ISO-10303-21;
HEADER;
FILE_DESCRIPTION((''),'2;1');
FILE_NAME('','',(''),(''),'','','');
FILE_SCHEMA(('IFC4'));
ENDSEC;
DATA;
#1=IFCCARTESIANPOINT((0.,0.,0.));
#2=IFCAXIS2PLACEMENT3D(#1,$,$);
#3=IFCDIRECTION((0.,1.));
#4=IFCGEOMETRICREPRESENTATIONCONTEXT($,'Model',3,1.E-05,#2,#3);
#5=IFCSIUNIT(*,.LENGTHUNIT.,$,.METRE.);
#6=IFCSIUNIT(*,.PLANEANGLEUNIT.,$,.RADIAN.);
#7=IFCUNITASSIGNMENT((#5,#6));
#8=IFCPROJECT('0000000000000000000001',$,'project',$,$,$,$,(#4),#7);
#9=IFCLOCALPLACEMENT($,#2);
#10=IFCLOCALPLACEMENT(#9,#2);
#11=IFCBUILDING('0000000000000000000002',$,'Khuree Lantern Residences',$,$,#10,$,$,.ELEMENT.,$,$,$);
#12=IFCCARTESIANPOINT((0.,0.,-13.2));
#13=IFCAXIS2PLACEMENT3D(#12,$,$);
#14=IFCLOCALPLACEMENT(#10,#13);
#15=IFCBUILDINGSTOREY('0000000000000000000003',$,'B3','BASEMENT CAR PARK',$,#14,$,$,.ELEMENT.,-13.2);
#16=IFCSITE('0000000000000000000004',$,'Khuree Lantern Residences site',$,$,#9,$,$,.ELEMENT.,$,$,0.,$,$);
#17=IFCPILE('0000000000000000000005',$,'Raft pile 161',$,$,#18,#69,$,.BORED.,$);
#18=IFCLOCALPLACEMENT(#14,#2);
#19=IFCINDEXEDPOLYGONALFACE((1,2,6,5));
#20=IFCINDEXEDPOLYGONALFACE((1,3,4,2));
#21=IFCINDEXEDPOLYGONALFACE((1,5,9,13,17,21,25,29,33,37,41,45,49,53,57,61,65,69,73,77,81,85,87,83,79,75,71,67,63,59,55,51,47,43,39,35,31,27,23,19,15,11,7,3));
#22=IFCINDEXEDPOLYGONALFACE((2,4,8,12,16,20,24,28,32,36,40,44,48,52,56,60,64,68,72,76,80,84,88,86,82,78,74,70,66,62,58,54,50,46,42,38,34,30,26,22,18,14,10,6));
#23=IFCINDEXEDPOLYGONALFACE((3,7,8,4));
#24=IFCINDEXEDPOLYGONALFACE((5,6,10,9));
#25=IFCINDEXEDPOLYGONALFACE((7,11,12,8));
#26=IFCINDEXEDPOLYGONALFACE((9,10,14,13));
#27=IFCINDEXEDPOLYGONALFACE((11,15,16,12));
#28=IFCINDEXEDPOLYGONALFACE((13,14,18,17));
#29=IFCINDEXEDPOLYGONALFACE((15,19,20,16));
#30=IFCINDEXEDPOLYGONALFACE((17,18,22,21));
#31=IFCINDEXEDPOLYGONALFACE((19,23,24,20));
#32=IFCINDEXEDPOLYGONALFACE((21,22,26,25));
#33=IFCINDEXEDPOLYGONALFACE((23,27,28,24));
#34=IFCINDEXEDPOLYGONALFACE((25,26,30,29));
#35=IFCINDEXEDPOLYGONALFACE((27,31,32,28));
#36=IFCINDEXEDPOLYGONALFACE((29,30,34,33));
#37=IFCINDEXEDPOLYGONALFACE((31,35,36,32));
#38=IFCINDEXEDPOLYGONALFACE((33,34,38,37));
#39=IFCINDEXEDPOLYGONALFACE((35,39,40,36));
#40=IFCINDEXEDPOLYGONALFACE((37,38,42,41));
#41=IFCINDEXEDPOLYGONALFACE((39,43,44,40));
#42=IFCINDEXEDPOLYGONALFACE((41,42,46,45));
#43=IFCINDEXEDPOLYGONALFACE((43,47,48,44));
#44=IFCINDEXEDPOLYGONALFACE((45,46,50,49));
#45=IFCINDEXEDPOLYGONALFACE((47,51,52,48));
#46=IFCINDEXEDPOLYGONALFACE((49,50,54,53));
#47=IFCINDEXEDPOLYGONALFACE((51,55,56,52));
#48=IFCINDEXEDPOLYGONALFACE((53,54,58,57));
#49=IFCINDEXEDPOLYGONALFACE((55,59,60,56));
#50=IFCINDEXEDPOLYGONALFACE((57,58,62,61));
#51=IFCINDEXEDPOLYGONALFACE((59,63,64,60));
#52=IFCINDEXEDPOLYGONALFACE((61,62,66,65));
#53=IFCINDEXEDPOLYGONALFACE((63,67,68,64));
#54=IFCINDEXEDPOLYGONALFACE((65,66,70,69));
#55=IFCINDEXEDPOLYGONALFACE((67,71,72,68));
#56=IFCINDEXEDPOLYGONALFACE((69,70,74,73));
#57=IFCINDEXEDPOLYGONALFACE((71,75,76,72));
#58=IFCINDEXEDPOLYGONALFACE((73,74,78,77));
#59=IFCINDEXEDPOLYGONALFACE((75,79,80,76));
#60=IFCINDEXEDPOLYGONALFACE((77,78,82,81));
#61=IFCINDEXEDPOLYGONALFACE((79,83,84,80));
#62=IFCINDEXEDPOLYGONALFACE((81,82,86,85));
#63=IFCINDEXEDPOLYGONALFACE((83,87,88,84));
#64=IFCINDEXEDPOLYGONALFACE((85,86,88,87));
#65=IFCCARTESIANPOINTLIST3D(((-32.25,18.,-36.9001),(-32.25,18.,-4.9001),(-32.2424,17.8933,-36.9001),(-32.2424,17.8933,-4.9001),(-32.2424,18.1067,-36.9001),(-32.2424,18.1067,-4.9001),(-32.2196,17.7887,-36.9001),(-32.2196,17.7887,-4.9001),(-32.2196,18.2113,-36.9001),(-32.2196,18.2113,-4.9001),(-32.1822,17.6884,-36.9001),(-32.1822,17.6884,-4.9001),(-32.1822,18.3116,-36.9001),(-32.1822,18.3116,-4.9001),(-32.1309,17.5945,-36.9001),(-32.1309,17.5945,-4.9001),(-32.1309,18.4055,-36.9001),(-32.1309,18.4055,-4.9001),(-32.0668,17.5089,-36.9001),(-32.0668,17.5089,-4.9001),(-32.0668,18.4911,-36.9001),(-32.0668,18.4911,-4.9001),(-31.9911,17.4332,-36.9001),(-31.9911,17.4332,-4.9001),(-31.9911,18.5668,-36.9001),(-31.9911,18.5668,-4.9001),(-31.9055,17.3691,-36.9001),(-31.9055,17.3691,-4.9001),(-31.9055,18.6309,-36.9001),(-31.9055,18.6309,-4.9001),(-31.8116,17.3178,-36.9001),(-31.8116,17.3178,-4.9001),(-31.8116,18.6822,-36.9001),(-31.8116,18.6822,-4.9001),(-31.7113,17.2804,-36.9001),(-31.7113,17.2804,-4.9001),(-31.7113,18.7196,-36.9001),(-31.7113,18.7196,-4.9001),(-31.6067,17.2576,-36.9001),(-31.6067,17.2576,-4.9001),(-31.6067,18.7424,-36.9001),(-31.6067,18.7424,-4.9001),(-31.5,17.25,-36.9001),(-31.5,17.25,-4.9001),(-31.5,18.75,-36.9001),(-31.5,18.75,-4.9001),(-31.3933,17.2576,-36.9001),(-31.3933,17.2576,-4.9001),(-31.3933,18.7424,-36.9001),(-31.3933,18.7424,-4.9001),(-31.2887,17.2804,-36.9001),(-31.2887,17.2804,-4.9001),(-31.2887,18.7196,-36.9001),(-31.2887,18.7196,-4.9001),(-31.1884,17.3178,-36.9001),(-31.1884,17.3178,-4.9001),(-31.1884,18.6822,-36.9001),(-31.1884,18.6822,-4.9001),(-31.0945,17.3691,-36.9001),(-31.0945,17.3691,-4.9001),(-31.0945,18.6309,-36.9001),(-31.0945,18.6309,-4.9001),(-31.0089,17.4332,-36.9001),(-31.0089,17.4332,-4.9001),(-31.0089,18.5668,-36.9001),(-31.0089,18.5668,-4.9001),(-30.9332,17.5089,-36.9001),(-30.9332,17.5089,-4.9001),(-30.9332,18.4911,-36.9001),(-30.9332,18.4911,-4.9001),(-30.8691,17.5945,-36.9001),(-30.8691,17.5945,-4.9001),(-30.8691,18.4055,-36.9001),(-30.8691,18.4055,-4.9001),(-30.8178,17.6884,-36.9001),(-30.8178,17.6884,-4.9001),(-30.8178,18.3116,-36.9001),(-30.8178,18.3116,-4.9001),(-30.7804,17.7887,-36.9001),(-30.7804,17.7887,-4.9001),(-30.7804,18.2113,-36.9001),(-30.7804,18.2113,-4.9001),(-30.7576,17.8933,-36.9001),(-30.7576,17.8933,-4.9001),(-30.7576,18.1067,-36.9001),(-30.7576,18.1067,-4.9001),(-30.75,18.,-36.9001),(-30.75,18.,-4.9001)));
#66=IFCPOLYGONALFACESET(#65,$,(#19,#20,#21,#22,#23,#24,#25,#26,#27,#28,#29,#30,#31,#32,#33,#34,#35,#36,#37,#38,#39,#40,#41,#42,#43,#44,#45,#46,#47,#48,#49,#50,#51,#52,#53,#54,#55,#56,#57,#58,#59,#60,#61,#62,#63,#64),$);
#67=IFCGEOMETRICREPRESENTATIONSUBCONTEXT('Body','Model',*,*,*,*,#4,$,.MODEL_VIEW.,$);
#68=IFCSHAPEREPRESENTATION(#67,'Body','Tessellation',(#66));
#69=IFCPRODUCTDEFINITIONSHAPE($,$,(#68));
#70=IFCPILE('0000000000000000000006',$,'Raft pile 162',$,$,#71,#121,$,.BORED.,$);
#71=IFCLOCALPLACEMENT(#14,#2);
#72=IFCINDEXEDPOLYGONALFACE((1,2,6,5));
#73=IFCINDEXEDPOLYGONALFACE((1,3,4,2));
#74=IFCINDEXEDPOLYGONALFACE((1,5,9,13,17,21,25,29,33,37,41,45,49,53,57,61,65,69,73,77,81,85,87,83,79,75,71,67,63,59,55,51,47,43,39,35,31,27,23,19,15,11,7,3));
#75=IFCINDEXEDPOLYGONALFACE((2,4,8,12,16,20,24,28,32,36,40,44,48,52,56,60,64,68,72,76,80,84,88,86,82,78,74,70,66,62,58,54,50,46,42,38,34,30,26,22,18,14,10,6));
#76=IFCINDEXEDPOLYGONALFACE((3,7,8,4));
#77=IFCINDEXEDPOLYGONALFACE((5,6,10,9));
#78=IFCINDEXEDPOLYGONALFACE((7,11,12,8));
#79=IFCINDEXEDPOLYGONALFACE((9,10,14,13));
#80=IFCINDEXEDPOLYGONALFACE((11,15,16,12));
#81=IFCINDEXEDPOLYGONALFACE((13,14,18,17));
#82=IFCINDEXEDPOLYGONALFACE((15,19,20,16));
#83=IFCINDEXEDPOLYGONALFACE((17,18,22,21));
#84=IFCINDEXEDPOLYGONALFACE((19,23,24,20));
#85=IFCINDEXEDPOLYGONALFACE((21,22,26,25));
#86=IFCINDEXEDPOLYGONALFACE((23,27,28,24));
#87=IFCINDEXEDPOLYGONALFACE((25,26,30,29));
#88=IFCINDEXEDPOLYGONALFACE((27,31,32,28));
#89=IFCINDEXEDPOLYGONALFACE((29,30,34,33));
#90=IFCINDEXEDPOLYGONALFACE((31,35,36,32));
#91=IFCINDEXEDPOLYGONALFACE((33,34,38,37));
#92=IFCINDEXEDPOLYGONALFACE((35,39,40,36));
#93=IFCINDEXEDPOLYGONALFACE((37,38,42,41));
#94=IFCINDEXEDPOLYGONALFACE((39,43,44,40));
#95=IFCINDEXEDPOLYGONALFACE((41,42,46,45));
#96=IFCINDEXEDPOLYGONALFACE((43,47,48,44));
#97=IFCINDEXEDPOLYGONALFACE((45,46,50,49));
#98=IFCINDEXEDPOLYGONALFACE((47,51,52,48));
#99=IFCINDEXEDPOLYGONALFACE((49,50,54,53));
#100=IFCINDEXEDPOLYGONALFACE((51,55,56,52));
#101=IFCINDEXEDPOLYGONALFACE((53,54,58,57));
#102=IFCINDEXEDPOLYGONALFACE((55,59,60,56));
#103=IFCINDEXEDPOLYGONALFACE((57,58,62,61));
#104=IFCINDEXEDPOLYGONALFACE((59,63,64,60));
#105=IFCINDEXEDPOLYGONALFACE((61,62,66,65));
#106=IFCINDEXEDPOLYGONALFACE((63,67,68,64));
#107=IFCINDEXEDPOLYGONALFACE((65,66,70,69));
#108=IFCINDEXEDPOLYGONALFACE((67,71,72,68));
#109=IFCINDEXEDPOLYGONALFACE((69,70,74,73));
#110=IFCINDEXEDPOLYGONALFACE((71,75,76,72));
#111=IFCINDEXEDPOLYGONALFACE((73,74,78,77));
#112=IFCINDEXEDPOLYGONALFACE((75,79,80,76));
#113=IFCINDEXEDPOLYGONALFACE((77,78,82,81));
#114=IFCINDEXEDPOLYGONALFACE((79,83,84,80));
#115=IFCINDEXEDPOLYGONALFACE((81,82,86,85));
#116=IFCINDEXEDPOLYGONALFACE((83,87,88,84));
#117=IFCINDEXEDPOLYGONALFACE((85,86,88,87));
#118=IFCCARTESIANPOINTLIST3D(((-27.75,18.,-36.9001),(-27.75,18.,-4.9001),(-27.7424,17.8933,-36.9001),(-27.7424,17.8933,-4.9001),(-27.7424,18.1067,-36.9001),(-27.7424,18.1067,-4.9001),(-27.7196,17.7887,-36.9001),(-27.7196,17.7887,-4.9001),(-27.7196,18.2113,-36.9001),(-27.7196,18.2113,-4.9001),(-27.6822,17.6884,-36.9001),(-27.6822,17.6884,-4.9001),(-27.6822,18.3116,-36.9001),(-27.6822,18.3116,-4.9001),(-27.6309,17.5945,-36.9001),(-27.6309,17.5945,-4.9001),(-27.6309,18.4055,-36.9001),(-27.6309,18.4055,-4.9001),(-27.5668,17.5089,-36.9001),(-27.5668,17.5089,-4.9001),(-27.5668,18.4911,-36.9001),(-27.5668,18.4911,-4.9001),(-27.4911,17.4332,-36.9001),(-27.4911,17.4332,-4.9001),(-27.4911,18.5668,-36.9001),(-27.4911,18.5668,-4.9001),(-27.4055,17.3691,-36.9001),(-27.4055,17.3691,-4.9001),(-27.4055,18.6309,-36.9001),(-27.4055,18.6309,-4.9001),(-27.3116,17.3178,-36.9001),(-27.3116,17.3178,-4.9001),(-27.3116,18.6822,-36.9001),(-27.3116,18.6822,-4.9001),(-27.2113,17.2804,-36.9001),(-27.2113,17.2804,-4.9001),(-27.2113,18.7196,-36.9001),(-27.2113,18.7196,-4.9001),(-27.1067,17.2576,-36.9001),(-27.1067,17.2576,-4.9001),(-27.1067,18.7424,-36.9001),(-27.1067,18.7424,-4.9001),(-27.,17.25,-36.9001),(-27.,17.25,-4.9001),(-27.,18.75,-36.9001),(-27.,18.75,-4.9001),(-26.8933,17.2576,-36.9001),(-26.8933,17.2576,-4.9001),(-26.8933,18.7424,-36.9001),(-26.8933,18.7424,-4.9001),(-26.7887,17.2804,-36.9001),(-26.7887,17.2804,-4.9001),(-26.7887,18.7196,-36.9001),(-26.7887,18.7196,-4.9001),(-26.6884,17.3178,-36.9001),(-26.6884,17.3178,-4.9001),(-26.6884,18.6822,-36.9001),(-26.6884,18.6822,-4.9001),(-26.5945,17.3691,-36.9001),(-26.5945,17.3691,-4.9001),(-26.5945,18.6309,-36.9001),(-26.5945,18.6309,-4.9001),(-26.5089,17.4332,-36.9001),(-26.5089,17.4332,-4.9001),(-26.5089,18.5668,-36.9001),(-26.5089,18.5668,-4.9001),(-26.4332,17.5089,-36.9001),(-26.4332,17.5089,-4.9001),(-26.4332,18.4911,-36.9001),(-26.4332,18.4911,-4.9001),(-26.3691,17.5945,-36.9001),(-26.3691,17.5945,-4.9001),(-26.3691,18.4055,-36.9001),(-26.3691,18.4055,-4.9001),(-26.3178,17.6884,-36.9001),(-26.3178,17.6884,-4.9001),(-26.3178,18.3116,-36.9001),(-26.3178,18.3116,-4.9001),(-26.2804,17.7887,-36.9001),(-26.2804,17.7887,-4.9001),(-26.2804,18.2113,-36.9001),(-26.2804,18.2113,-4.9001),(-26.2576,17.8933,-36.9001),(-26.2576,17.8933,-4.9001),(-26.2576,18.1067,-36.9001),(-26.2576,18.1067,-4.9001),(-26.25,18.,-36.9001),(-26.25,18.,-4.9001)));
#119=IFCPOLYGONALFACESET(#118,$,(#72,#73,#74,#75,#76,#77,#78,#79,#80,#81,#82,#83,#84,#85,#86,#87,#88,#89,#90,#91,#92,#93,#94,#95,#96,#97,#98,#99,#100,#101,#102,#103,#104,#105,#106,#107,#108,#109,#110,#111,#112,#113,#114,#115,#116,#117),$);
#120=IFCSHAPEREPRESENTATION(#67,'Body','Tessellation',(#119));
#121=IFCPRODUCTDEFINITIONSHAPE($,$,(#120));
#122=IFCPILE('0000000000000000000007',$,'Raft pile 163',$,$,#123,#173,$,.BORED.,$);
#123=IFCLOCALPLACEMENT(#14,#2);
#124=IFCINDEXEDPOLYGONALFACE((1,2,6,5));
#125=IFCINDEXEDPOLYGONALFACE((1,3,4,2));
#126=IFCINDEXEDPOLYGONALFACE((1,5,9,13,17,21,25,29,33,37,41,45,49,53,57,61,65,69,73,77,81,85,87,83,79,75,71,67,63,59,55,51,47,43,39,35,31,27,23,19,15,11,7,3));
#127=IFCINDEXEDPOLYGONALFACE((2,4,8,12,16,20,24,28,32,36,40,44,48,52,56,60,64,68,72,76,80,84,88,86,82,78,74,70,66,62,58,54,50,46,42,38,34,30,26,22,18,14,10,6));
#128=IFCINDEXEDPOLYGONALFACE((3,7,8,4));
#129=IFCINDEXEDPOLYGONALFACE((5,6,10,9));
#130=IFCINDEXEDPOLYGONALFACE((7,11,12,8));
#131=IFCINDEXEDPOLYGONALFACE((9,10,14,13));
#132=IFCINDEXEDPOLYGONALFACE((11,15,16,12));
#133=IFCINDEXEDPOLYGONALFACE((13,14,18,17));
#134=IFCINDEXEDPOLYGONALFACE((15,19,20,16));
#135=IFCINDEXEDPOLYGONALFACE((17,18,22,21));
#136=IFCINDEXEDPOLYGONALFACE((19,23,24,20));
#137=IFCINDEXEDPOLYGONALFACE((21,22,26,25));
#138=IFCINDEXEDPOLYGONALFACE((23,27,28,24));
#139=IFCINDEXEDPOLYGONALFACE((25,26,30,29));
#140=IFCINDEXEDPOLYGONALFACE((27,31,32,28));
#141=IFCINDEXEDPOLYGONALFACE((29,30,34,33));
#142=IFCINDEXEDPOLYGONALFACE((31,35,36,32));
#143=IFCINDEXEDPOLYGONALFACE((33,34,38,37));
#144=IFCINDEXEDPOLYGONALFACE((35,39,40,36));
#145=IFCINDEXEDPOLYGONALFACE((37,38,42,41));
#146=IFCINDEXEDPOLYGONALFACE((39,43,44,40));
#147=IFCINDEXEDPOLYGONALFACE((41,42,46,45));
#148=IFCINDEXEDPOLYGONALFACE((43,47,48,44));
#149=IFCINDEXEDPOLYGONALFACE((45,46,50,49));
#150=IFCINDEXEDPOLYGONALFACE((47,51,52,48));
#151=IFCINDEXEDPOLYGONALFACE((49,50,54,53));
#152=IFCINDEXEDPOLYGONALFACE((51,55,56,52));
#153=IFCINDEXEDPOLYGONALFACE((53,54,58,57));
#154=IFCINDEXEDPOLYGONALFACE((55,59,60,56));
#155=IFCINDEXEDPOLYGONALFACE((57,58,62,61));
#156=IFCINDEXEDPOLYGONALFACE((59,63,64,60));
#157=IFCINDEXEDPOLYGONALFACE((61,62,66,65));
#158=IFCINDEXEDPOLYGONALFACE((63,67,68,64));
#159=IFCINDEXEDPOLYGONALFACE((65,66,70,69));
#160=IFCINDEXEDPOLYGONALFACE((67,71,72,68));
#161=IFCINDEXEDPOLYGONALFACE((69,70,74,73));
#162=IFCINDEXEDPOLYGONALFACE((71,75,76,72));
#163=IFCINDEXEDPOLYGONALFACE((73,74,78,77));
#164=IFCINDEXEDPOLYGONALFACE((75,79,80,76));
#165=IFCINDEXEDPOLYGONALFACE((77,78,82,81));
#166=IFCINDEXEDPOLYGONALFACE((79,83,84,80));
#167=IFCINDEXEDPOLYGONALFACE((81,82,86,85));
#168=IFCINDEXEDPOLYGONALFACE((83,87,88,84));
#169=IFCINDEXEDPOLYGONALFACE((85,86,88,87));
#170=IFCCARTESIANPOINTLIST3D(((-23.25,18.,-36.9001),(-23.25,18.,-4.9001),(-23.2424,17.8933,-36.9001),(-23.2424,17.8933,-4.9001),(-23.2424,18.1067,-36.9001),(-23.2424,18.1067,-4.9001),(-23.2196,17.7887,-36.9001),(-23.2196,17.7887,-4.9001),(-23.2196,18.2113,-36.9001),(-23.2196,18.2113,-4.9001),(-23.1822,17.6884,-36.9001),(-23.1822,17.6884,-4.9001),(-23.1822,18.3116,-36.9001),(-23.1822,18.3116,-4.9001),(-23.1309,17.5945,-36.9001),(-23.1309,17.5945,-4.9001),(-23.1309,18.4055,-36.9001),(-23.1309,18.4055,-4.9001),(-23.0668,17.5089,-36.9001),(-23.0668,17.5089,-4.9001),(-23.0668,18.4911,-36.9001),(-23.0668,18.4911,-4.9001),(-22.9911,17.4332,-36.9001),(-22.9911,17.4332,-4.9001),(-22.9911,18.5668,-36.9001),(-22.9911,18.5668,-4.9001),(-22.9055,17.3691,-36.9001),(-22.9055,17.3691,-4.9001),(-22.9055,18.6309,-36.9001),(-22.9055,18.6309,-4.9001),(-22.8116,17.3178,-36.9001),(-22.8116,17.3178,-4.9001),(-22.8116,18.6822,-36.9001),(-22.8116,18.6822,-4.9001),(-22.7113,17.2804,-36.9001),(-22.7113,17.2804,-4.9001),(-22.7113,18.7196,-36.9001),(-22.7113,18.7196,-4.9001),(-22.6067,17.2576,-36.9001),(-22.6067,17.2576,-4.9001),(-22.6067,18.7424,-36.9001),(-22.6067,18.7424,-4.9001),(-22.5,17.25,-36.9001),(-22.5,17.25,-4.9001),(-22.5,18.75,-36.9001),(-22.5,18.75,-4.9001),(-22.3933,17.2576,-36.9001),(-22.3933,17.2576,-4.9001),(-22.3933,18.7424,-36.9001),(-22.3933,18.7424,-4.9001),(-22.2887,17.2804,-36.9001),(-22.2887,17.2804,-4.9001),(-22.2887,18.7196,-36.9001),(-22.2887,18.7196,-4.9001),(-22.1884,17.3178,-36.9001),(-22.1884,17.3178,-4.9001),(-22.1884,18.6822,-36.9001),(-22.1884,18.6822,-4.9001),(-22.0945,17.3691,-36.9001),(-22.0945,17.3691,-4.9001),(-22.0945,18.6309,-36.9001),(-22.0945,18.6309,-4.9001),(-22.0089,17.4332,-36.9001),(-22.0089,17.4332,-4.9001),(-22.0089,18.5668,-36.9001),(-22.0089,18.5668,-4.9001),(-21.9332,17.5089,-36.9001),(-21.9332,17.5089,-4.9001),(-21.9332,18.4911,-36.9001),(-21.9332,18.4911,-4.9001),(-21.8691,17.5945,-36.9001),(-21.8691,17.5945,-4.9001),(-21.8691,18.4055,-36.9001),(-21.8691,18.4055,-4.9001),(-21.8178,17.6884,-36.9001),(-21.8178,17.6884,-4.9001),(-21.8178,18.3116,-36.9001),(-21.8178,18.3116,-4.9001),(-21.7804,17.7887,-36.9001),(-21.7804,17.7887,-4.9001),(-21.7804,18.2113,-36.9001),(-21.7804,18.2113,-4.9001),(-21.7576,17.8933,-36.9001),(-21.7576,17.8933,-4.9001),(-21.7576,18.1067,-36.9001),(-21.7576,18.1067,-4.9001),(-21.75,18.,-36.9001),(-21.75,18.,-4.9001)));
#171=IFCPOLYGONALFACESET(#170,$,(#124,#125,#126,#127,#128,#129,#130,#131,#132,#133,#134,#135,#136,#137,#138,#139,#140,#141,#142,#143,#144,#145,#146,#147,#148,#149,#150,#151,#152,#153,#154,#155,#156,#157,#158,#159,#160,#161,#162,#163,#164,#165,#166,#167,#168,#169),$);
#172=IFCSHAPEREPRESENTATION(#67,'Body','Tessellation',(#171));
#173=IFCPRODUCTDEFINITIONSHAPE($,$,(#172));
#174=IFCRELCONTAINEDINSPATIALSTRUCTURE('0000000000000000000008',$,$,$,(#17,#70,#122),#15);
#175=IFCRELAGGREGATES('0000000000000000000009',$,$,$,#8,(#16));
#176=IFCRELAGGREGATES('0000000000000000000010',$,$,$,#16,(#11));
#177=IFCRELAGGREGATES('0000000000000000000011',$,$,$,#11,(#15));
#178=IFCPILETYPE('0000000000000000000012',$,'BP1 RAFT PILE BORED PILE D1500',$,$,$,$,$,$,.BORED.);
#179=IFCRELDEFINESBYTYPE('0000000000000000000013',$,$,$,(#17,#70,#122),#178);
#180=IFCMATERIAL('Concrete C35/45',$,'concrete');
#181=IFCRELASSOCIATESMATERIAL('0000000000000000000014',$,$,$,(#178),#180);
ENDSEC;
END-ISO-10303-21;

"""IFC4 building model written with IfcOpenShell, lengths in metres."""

from ifc_helpers import new_model, si_unit, direction, frame, origin, origin_2d, place, context, subcontext, project, spatial, circle, extrude, material, material_profile, profile_set, type_object, element, save


model = new_model("IFC4")

# Units and contexts
model_context = context("Model", 3, precision=1e-05, world=origin(), true_north=direction((0.0, 1.0)))
body_context = subcontext(model_context, "Body", "Model", "MODEL_VIEW")
ifc_project = project(units=[si_unit("LENGTHUNIT", "METRE"), si_unit("PLANEANGLEUNIT", "RADIAN")], contexts=[model_context])

# Site, building, storey
site_placement = place(None, origin())
site = spatial("IfcSite", under=ifc_project, at=site_placement, Name="Khuree Lantern Residences site", CompositionType="ELEMENT", RefElevation=0.0)
building_placement = place(site_placement, origin())
building = spatial("IfcBuilding", under=site, at=building_placement, Name="Khuree Lantern Residences", CompositionType="ELEMENT")
storey_placement = place(building_placement, frame((0.0, 0.0, -13.2)))
storey = spatial("IfcBuildingStorey", under=building, at=storey_placement, Name="B3", Description="BASEMENT CAR PARK", CompositionType="ELEMENT", Elevation=-13.2)

# Piles
ifc_material_1 = material(Name="Concrete C35/45", Category="concrete")
ifc_material_profile_1 = material_profile(ifc_material_1, circle(Radius=0.75, at=origin_2d()), Name="BORED PILE D1500")
ifc_profile_set_1 = profile_set([ifc_material_profile_1], Name="Concrete C35/45")
pile_type_1 = type_object("IfcPileType", Name="BP1 RAFT PILE BORED PILE D1500", PredefinedType="BORED", material=ifc_profile_set_1)
for number, where, z_axis, x_axis, name in (
    (1, (-31.5, 18.0, -4.9001), (0.0, 0.0, -1.0), (1.0, 0.0, 0.0), "Raft pile 161"),
    (2, (-27.0, 18.0, -4.9001), (0.0, 0.0, -1.0), (1.0, 0.0, 0.0), "Raft pile 162"),
    (3, (-22.5, 18.0, -4.9001), (0.0, 0.0, -1.0), (1.0, 0.0, 0.0), "Raft pile 163"),
):
    element("IfcPile", number, at=place(storey_placement, frame(where, z_axis=z_axis, x_axis=x_axis)), inside=storey, type_object=pile_type_1, Name=name, PredefinedType="BORED", context=body_context, shape_type="SweptSolid", body=[
        extrude(circle(Radius=0.75, at=origin_2d()), origin(), (0.0, 0.0, 1.0), 32.0),
    ])

save(model, "model.ifc")
